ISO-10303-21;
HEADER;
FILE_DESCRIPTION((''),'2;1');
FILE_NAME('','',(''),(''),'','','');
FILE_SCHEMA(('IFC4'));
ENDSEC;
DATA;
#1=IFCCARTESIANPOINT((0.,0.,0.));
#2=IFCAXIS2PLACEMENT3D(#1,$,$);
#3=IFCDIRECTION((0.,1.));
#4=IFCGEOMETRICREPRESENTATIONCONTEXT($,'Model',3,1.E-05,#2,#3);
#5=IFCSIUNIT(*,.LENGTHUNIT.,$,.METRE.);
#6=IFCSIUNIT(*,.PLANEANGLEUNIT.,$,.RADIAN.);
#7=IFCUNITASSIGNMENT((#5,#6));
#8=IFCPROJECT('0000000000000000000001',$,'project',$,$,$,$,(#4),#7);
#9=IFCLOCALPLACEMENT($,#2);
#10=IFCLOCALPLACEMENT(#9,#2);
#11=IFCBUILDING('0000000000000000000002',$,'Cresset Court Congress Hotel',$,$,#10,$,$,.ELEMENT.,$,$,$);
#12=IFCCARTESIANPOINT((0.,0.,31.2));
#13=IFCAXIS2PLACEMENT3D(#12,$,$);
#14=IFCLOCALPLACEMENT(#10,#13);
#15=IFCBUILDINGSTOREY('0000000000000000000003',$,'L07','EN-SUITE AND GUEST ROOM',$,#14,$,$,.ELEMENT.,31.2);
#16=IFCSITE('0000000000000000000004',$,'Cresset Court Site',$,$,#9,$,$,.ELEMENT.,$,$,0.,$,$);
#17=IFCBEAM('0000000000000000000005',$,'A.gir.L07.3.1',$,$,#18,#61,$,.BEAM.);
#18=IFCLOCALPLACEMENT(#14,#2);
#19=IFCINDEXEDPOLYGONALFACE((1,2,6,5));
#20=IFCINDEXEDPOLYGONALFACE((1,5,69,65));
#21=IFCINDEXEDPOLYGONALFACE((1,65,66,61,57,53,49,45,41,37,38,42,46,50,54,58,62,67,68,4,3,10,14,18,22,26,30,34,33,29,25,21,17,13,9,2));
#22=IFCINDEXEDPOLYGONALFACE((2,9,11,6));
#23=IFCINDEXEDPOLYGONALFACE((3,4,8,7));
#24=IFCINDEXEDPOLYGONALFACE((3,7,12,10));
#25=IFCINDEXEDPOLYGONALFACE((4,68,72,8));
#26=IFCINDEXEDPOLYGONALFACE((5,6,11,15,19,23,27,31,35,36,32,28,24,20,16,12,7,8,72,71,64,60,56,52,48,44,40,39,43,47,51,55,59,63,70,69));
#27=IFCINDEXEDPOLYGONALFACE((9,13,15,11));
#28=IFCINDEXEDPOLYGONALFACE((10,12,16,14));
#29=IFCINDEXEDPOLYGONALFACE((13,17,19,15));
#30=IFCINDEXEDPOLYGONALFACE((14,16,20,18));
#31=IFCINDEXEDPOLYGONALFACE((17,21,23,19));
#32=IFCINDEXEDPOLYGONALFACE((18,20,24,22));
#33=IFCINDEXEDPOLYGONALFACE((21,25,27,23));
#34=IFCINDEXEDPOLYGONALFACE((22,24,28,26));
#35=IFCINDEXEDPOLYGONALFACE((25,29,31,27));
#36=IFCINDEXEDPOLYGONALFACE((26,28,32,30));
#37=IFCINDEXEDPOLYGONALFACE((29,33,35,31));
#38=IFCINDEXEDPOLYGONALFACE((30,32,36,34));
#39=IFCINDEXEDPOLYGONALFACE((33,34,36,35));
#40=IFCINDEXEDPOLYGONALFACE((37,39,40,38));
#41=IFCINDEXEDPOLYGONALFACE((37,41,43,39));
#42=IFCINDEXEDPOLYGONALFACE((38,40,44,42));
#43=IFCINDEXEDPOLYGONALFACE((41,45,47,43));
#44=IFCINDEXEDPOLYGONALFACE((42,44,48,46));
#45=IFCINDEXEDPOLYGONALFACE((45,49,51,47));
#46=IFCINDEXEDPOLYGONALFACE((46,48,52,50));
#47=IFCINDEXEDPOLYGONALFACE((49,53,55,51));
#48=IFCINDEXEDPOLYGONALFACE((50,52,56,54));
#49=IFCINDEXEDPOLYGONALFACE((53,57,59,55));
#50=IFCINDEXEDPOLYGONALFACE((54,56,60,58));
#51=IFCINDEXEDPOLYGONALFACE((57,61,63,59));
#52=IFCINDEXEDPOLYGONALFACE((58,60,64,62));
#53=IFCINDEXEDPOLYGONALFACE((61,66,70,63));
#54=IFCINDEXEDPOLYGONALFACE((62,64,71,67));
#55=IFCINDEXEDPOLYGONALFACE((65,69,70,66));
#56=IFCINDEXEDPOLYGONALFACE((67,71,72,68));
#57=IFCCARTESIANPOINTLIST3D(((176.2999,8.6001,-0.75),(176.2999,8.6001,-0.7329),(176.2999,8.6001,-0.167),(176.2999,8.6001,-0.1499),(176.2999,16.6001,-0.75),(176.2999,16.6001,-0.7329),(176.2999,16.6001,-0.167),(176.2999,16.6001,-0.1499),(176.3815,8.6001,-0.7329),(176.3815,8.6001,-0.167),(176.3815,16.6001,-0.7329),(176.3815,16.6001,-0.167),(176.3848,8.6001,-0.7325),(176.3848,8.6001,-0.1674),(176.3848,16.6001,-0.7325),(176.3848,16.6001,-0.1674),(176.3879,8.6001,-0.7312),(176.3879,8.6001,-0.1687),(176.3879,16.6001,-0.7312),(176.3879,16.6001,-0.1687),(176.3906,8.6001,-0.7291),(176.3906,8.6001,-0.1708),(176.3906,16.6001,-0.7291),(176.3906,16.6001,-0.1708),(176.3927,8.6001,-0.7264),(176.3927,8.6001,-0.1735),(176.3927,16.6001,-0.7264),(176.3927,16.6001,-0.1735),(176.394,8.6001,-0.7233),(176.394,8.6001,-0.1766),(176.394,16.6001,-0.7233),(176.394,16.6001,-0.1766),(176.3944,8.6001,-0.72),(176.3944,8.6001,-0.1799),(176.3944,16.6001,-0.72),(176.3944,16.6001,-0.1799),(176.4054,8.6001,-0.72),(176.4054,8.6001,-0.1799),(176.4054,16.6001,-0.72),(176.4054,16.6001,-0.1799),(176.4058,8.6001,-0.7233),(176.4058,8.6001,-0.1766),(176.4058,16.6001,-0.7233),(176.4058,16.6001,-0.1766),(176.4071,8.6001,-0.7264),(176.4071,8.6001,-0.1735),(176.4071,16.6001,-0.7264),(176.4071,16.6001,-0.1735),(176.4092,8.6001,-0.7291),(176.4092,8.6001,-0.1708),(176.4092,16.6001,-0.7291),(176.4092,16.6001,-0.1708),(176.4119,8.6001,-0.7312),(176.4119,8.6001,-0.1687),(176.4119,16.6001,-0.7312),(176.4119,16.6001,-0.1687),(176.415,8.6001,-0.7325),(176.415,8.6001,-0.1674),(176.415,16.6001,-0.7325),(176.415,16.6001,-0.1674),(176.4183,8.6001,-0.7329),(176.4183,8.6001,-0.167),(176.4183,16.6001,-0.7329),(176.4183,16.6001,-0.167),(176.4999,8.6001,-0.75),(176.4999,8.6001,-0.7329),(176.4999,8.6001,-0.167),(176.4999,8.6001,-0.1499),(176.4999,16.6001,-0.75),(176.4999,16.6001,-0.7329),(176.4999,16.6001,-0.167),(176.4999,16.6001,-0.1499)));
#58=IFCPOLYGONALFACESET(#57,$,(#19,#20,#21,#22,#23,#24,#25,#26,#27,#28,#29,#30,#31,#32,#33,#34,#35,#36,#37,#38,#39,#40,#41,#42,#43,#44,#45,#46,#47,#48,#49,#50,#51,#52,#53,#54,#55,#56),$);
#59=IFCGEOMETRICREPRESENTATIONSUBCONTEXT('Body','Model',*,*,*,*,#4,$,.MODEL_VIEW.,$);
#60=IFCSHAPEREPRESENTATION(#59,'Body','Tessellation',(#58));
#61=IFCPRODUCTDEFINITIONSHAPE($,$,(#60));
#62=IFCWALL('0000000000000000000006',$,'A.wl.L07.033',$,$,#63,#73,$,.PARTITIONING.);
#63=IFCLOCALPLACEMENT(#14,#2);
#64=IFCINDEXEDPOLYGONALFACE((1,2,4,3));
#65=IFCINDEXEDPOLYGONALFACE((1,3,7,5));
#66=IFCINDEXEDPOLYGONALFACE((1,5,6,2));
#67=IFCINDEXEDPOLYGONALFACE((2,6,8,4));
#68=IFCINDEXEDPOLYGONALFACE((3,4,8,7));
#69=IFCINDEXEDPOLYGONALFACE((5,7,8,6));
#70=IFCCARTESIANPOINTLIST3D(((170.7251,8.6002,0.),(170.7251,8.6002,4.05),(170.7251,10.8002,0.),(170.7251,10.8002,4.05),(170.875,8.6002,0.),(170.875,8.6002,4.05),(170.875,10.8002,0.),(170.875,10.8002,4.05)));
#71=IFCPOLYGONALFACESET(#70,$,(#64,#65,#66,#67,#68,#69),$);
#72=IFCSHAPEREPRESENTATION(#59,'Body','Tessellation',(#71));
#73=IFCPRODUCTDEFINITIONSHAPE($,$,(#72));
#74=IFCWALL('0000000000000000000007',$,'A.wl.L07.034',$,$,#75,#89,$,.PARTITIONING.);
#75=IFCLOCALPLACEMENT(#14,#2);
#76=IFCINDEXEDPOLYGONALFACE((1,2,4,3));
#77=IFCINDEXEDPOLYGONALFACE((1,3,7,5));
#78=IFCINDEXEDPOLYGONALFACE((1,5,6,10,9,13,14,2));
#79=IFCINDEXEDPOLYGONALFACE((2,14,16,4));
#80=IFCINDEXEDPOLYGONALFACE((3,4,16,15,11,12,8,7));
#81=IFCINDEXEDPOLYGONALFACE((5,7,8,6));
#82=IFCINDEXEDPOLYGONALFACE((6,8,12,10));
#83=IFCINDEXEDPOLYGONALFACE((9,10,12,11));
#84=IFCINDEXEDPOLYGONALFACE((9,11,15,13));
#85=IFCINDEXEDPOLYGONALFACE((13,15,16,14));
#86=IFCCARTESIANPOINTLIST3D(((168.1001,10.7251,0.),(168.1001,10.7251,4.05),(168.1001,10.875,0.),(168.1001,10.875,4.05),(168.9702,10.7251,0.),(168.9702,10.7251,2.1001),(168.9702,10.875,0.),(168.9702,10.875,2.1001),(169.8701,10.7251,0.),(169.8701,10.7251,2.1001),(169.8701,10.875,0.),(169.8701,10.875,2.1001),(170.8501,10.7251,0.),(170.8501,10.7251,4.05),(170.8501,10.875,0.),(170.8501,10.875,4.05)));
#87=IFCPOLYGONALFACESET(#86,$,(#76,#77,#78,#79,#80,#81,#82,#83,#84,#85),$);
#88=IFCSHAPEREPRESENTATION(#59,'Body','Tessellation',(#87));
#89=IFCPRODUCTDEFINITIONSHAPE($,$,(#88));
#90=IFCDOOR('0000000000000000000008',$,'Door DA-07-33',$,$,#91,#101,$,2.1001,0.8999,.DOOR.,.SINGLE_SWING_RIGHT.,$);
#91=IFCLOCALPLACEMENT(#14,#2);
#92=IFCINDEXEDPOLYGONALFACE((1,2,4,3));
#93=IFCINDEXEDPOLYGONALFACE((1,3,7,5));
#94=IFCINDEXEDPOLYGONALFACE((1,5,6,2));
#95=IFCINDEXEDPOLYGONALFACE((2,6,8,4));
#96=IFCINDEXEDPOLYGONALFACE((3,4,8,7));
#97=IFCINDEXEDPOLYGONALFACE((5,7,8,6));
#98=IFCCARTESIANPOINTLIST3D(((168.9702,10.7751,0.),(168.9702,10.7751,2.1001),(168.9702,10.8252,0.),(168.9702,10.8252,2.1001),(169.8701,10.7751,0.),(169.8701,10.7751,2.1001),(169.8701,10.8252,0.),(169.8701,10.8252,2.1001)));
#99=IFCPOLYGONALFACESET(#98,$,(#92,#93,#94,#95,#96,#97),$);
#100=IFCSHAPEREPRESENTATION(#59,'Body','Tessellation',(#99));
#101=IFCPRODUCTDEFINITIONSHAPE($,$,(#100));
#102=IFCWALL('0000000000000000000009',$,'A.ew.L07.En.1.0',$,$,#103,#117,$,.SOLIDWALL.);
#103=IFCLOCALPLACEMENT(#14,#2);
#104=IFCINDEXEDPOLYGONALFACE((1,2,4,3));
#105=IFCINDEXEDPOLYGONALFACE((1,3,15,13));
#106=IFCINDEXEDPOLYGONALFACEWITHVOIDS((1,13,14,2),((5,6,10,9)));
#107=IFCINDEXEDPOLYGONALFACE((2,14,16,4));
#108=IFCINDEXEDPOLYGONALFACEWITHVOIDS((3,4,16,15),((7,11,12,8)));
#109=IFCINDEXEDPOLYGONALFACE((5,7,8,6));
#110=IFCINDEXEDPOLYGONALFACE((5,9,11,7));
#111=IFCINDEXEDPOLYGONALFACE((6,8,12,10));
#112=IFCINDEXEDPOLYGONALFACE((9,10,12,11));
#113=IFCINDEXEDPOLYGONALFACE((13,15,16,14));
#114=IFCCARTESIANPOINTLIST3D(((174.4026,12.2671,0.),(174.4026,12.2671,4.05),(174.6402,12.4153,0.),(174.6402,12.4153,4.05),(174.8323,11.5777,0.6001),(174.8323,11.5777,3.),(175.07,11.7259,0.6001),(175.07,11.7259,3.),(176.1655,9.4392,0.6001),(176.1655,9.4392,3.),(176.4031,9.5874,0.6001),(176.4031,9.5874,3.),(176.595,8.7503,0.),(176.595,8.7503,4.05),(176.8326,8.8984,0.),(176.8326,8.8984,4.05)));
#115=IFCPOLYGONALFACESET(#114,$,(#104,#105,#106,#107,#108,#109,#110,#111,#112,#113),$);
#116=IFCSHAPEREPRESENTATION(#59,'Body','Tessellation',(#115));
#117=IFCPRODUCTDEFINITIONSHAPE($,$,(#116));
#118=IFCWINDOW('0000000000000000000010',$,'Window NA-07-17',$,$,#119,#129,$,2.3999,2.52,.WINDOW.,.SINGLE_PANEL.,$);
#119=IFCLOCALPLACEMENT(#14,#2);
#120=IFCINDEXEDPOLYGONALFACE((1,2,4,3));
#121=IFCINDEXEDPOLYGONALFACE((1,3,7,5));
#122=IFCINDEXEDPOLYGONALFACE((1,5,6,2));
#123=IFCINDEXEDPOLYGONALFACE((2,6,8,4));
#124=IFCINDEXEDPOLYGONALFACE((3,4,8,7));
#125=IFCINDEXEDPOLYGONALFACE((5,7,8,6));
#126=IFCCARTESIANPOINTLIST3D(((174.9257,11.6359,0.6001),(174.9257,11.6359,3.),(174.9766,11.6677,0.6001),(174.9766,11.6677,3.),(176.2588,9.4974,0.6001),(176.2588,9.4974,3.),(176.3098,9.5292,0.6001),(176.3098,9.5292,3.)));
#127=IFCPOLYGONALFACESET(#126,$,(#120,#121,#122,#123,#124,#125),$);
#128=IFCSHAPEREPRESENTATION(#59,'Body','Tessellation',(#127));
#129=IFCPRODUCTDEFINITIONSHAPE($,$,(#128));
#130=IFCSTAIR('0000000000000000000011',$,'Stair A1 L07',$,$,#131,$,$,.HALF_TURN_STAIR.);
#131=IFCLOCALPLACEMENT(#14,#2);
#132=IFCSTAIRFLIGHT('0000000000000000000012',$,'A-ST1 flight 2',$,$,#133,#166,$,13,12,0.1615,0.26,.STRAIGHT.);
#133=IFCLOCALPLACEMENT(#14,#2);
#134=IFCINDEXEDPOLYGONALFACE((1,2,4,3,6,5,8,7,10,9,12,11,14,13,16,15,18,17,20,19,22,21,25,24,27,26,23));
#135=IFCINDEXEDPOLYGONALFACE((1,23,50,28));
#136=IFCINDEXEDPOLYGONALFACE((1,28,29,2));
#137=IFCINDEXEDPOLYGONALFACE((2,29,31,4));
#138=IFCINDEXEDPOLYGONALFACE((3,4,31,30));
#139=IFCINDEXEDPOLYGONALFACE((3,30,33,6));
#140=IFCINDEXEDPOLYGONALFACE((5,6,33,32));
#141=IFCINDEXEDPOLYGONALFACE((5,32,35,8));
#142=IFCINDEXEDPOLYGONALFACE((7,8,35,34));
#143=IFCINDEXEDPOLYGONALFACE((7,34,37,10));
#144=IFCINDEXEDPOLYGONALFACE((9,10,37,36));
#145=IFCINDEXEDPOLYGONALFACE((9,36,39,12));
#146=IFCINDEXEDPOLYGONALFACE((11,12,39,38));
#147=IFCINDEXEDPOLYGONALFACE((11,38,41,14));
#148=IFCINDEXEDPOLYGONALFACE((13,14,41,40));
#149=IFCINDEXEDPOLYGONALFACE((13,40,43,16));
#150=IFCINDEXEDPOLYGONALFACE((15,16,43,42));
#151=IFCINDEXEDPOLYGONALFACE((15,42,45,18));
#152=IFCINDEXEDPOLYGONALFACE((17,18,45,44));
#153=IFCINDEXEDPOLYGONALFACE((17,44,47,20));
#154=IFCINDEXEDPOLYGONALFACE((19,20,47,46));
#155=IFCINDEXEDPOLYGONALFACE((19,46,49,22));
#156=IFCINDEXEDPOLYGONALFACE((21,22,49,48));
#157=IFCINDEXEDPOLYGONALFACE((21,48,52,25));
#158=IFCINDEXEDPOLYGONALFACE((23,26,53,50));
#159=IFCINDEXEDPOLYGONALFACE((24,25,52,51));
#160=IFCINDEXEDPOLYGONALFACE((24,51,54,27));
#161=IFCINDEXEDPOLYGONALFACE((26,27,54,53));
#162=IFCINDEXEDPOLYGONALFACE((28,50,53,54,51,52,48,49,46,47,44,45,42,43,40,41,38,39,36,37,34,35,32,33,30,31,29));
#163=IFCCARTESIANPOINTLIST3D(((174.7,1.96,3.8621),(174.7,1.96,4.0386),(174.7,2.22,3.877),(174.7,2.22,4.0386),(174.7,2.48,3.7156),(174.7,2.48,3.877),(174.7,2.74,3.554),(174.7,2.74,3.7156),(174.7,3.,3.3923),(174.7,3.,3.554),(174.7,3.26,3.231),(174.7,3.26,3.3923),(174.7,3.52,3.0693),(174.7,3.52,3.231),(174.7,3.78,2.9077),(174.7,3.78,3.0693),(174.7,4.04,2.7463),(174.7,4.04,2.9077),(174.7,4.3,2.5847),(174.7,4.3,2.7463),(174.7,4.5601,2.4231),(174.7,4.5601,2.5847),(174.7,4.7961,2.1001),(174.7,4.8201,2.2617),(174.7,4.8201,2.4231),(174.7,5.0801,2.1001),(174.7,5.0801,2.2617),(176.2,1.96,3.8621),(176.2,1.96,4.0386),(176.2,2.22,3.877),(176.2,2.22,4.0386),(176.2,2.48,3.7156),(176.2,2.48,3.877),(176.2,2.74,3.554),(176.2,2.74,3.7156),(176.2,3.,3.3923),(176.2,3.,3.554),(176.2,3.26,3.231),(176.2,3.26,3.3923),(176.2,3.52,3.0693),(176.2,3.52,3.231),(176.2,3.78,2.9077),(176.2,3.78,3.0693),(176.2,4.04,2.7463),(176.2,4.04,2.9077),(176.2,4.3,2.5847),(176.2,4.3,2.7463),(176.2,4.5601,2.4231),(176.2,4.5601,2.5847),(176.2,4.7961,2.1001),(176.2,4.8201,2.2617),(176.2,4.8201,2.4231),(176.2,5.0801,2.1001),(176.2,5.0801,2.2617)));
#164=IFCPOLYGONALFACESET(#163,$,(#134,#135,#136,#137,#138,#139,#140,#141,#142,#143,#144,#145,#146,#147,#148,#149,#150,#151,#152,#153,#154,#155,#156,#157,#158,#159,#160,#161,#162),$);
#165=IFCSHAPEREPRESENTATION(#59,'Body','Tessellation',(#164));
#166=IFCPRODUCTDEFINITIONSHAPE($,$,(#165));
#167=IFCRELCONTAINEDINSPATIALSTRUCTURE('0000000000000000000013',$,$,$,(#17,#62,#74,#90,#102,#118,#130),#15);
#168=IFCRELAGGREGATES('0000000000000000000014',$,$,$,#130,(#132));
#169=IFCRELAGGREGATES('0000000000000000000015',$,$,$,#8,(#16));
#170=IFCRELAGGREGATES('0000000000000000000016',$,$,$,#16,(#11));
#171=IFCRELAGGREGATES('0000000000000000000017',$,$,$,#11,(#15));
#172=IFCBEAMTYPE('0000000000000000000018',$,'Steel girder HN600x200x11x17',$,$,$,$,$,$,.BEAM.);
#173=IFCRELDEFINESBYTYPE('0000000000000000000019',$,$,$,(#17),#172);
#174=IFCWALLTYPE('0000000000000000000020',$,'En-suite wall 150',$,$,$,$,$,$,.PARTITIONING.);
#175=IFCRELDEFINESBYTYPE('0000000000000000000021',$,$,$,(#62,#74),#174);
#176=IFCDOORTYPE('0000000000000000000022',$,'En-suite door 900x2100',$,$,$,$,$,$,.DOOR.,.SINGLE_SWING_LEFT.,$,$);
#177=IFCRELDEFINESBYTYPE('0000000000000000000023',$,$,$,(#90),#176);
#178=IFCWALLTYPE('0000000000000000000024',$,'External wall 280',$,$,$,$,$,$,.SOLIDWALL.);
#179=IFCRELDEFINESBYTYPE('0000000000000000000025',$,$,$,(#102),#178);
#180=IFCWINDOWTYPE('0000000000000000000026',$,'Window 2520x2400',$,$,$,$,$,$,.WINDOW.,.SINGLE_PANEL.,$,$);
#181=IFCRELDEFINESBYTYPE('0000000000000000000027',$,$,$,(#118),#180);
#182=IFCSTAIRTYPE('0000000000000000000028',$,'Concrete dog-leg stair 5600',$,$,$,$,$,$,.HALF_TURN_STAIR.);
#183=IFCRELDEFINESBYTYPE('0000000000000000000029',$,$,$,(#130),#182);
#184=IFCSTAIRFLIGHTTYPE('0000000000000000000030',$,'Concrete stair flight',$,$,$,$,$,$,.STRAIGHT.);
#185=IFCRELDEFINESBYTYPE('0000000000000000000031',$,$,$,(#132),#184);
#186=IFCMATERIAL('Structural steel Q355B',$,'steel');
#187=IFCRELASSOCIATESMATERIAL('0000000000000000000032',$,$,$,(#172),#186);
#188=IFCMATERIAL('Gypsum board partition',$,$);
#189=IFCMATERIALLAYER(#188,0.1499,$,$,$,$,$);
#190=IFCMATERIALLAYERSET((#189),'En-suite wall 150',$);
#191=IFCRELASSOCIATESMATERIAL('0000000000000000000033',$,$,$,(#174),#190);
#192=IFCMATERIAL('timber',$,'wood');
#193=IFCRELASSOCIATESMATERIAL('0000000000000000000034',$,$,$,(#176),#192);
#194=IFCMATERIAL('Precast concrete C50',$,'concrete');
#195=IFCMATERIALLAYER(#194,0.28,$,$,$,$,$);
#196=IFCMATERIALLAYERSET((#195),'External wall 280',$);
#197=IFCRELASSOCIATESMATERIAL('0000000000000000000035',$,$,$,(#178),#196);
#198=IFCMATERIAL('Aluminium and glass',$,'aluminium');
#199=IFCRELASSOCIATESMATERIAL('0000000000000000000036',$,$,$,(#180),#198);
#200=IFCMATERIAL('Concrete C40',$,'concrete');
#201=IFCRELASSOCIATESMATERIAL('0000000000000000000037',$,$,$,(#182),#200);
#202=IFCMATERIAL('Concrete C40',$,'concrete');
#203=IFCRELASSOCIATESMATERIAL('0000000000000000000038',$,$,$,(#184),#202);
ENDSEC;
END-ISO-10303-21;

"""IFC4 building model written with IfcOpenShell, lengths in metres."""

from ifc_helpers import new_model, si_unit, direction, frame, frame_2d, origin, origin_2d, place, context, subcontext, project, spatial, polyline, rectangle, i_section, outline, extrude, material, layer, layer_set, material_profile, profile_set, type_object, element, fill, aggregate, save


model = new_model("IFC4")

# Units and contexts
model_context = context("Model", 3, precision=1e-05, world=origin(), true_north=direction((0.0, 1.0)))
body_context = subcontext(model_context, "Body", "Model", "MODEL_VIEW")
ifc_project = project(units=[si_unit("LENGTHUNIT", "METRE"), si_unit("PLANEANGLEUNIT", "RADIAN")], contexts=[model_context])

# Site, building, storey
site_placement = place(None, origin())
site = spatial("IfcSite", under=ifc_project, at=site_placement, Name="Cresset Court Site", CompositionType="ELEMENT", RefElevation=0.0)
building_placement = place(site_placement, origin())
building = spatial("IfcBuilding", under=site, at=building_placement, Name="Cresset Court Congress Hotel", CompositionType="ELEMENT")
storey_placement = place(building_placement, frame((0.0, 0.0, 31.2)))
storey = spatial("IfcBuildingStorey", under=building, at=storey_placement, Name="L07", Description="EN-SUITE AND GUEST ROOM", CompositionType="ELEMENT", Elevation=31.2)

# Beam
ifc_material_1 = material(Name="Structural steel Q355B", Category="steel")
ifc_material_profile = material_profile(ifc_material_1, i_section(OverallWidth=0.2, OverallDepth=0.6001, WebThickness=0.011, FlangeThickness=0.0171, FilletRadius=0.0129, at=origin_2d()), Name="HN600x200x11x17")
ifc_profile_set = profile_set([ifc_material_profile], Name="Structural steel Q355B")
beam_type = type_object("IfcBeamType", Name="Steel girder HN600x200x11x17", PredefinedType="BEAM", material=ifc_profile_set)
beam_placement = place(storey_placement, frame((176.3999, 8.6001, -0.45), z_axis=(0.0, 1.0, 0.0), x_axis=(-1.0, 0.0, 0.0)))
element("IfcBeam", 1, at=beam_placement, inside=storey, type_object=beam_type, Name="A.gir.L07.3.1", PredefinedType="BEAM", context=body_context, shape_type="SweptSolid", body=[
    extrude(i_section(OverallWidth=0.2, OverallDepth=0.6001, WebThickness=0.011, FlangeThickness=0.0171, FilletRadius=0.0129, at=origin_2d()), origin(), (0.0, 0.0, 1.0), 8.0),
])

# Wall
ifc_material_2 = material(Name="Gypsum board partition")
ifc_layer_1 = layer(ifc_material_2, 0.1499)
ifc_layer_set_1 = layer_set([ifc_layer_1], Name="En-suite wall 150")
wall_type_1 = type_object("IfcWallType", Name="En-suite wall 150", PredefinedType="PARTITIONING", material=ifc_layer_set_1)
wall_1_placement = place(storey_placement, frame((170.8, 8.6001, 0.0), z_axis=(0.0, 0.0, 1.0), x_axis=(0.0, 1.0, 0.0)))
element("IfcWall", 2, at=wall_1_placement, inside=storey, type_object=wall_type_1, Name="A.wl.L07.033", PredefinedType="PARTITIONING", context=body_context, shape_type="SweptSolid", body=[
    extrude(rectangle(XDim=2.2, YDim=0.1499, at=frame_2d((1.1001, 0.0))), origin(), (0.0, 0.0, 1.0), 4.05),
])

# Wall, opening, door
wall_2_placement = place(storey_placement, frame((170.8501, 10.8, 0.0), z_axis=(0.0, 0.0, 1.0), x_axis=(-1.0, 0.0, 0.0)))
wall_2 = element("IfcWall", 3, at=wall_2_placement, inside=storey, type_object=wall_type_1, Name="A.wl.L07.034", PredefinedType="PARTITIONING", context=body_context, shape_type="SweptSolid", body=[
    extrude(rectangle(XDim=2.75, YDim=0.1499, at=frame_2d((1.375, 0.0))), origin(), (0.0, 0.0, 1.0), 4.05),
])
opening_1_placement = place(wall_2_placement, frame((0.98, 0.0, 0.0)))
opening_1 = element("IfcOpeningElement", 4, at=opening_1_placement, cuts=wall_2, PredefinedType="OPENING", context=body_context, shape_type="SweptSolid", body=[
    extrude(rectangle(XDim=0.8999, YDim=2.1001, at=frame_2d((0.45, 1.05))), frame((0.0, 0.085, 0.0), z_axis=(0.0, -1.0, 0.0), x_axis=(1.0, 0.0, 0.0)), (0.0, 0.0, 1.0), 0.1699),
])
ifc_material_3 = material(Name="timber", Category="wood")
door_type = type_object("IfcDoorType", Name="En-suite door 900x2100", OperationType="SINGLE_SWING_LEFT", PredefinedType="DOOR", material=ifc_material_3)
door_placement = place(opening_1_placement, origin())
door = element("IfcDoor", 5, at=door_placement, inside=storey, type_object=door_type, Name="Door DA-07-33", OperationType="SINGLE_SWING_RIGHT", OverallHeight=2.1001, OverallWidth=0.8999, PredefinedType="DOOR", context=body_context, shape_type="SweptSolid", body=[
    extrude(rectangle(XDim=0.8999, YDim=2.1001, at=frame_2d((0.45, 1.05))), frame((0.0, 0.0249, 0.0), z_axis=(0.0, -1.0, 0.0), x_axis=(1.0, 0.0, 0.0)), (0.0, 0.0, 1.0), 0.05),
])
fill(opening_1, door)

# Wall, opening, window
ifc_material_4 = material(Name="Precast concrete C50", Category="concrete")
ifc_layer_2 = layer(ifc_material_4, 0.28)
ifc_layer_set_2 = layer_set([ifc_layer_2], Name="External wall 280")
wall_type_2 = type_object("IfcWallType", Name="External wall 280", PredefinedType="SOLIDWALL", material=ifc_layer_set_2)
wall_3_placement = place(storey_placement, frame((176.7139, 8.8242, 0.0), z_axis=(0.0, 0.0, 1.0), x_axis=(-0.529019, 0.84861, 0.0)))
wall_3 = element("IfcWall", 6, at=wall_3_placement, inside=storey, type_object=wall_type_2, Name="A.ew.L07.En.1.0", PredefinedType="SOLIDWALL", context=body_context, shape_type="SweptSolid", body=[
    extrude(rectangle(XDim=4.1443, YDim=0.28, at=frame_2d((2.0723, 0.0))), origin(), (0.0, 0.0, 1.0), 4.05),
])
opening_2_placement = place(wall_3_placement, frame((0.812, 0.0, 0.6001)))
opening_2 = element("IfcOpeningElement", 7, at=opening_2_placement, cuts=wall_3, PredefinedType="OPENING", context=body_context, shape_type="SweptSolid", body=[
    extrude(rectangle(XDim=2.52, YDim=2.3999, at=frame_2d((1.26, 1.2))), frame((0.0, 0.1499, 0.0), z_axis=(0.0, -1.0, 0.0), x_axis=(1.0, 0.0, 0.0)), (0.0, 0.0, 1.0), 0.3),
])
ifc_material_5 = material(Name="Aluminium and glass", Category="aluminium")
window_type = type_object("IfcWindowType", Name="Window 2520x2400", PartitioningType="SINGLE_PANEL", PredefinedType="WINDOW", material=ifc_material_5)
window_placement = place(opening_2_placement, origin())
window = element("IfcWindow", 8, at=window_placement, inside=storey, type_object=window_type, Name="Window NA-07-17", OverallHeight=2.3999, OverallWidth=2.52, PartitioningType="SINGLE_PANEL", PredefinedType="WINDOW", context=body_context, shape_type="SweptSolid", body=[
    extrude(rectangle(XDim=2.52, YDim=2.3999, at=frame_2d((1.26, 1.2))), frame((0.0, 0.03, 0.0), z_axis=(0.0, -1.0, 0.0), x_axis=(1.0, 0.0, 0.0)), (0.0, 0.0, 1.0), 0.0601),
])
fill(opening_2, window)

# Stair, stair flight
ifc_material_6 = material(Name="Concrete C40", Category="concrete")
stair_type = type_object("IfcStairType", Name="Concrete dog-leg stair 5600", PredefinedType="HALF_TURN_STAIR", material=ifc_material_6)
stair_placement = place(storey_placement, origin())
stair = element("IfcStair", 9, at=stair_placement, inside=storey, type_object=stair_type, Name="Stair A1 L07", PredefinedType="HALF_TURN_STAIR")
ifc_material_7 = material(Name="Concrete C40", Category="concrete")
stair_flight_type = type_object("IfcStairFlightType", Name="Concrete stair flight", PredefinedType="STRAIGHT", material=ifc_material_7)
stair_flight_placement = place(storey_placement, frame((175.45, 5.0801, 2.1001), z_axis=(0.0, 0.0, 1.0), x_axis=(0.0, -1.0, 0.0)))
stair_flight = element("IfcStairFlight", 10, at=stair_flight_placement, type_object=stair_flight_type, Name="A-ST1 flight 2", NumberOfRisers=13, NumberOfTreads=12, PredefinedType="STRAIGHT", RiserHeight=0.1615, TreadLength=0.26, context=body_context, shape_type="SweptSolid", body=[
    extrude(outline(polyline([(0.0, 0.0), (0.0, 0.1616), (0.26, 0.1616), (0.26, 0.323), (0.52, 0.323), (0.52, 0.4846), (0.78, 0.4846), (0.78, 0.6462), (1.04, 0.6462), (1.04, 0.8076), (1.3, 0.8076), (1.3, 0.9692), (1.5601, 0.9692), (1.5601, 1.1309), (1.8201, 1.1309), (1.8201, 1.2922), (2.0801, 1.2922), (2.0801, 1.4539), (2.3401, 1.4539), (2.3401, 1.6155), (2.6001, 1.6155), (2.6001, 1.7769), (2.8601, 1.7769), (2.8601, 1.9385), (3.1201, 1.9385), (3.1201, 2.1001), (3.1201, 1.762), (0.2839, 0.0), (0.0, 0.0)])), frame((0.0, 0.75, 0.0), z_axis=(0.0, -1.0, 0.0), x_axis=(1.0, 0.0, 0.0)), (0.0, 0.0, 1.0), 1.5),
])
aggregate(stair, [stair_flight])

save(model, "model.ifc")
